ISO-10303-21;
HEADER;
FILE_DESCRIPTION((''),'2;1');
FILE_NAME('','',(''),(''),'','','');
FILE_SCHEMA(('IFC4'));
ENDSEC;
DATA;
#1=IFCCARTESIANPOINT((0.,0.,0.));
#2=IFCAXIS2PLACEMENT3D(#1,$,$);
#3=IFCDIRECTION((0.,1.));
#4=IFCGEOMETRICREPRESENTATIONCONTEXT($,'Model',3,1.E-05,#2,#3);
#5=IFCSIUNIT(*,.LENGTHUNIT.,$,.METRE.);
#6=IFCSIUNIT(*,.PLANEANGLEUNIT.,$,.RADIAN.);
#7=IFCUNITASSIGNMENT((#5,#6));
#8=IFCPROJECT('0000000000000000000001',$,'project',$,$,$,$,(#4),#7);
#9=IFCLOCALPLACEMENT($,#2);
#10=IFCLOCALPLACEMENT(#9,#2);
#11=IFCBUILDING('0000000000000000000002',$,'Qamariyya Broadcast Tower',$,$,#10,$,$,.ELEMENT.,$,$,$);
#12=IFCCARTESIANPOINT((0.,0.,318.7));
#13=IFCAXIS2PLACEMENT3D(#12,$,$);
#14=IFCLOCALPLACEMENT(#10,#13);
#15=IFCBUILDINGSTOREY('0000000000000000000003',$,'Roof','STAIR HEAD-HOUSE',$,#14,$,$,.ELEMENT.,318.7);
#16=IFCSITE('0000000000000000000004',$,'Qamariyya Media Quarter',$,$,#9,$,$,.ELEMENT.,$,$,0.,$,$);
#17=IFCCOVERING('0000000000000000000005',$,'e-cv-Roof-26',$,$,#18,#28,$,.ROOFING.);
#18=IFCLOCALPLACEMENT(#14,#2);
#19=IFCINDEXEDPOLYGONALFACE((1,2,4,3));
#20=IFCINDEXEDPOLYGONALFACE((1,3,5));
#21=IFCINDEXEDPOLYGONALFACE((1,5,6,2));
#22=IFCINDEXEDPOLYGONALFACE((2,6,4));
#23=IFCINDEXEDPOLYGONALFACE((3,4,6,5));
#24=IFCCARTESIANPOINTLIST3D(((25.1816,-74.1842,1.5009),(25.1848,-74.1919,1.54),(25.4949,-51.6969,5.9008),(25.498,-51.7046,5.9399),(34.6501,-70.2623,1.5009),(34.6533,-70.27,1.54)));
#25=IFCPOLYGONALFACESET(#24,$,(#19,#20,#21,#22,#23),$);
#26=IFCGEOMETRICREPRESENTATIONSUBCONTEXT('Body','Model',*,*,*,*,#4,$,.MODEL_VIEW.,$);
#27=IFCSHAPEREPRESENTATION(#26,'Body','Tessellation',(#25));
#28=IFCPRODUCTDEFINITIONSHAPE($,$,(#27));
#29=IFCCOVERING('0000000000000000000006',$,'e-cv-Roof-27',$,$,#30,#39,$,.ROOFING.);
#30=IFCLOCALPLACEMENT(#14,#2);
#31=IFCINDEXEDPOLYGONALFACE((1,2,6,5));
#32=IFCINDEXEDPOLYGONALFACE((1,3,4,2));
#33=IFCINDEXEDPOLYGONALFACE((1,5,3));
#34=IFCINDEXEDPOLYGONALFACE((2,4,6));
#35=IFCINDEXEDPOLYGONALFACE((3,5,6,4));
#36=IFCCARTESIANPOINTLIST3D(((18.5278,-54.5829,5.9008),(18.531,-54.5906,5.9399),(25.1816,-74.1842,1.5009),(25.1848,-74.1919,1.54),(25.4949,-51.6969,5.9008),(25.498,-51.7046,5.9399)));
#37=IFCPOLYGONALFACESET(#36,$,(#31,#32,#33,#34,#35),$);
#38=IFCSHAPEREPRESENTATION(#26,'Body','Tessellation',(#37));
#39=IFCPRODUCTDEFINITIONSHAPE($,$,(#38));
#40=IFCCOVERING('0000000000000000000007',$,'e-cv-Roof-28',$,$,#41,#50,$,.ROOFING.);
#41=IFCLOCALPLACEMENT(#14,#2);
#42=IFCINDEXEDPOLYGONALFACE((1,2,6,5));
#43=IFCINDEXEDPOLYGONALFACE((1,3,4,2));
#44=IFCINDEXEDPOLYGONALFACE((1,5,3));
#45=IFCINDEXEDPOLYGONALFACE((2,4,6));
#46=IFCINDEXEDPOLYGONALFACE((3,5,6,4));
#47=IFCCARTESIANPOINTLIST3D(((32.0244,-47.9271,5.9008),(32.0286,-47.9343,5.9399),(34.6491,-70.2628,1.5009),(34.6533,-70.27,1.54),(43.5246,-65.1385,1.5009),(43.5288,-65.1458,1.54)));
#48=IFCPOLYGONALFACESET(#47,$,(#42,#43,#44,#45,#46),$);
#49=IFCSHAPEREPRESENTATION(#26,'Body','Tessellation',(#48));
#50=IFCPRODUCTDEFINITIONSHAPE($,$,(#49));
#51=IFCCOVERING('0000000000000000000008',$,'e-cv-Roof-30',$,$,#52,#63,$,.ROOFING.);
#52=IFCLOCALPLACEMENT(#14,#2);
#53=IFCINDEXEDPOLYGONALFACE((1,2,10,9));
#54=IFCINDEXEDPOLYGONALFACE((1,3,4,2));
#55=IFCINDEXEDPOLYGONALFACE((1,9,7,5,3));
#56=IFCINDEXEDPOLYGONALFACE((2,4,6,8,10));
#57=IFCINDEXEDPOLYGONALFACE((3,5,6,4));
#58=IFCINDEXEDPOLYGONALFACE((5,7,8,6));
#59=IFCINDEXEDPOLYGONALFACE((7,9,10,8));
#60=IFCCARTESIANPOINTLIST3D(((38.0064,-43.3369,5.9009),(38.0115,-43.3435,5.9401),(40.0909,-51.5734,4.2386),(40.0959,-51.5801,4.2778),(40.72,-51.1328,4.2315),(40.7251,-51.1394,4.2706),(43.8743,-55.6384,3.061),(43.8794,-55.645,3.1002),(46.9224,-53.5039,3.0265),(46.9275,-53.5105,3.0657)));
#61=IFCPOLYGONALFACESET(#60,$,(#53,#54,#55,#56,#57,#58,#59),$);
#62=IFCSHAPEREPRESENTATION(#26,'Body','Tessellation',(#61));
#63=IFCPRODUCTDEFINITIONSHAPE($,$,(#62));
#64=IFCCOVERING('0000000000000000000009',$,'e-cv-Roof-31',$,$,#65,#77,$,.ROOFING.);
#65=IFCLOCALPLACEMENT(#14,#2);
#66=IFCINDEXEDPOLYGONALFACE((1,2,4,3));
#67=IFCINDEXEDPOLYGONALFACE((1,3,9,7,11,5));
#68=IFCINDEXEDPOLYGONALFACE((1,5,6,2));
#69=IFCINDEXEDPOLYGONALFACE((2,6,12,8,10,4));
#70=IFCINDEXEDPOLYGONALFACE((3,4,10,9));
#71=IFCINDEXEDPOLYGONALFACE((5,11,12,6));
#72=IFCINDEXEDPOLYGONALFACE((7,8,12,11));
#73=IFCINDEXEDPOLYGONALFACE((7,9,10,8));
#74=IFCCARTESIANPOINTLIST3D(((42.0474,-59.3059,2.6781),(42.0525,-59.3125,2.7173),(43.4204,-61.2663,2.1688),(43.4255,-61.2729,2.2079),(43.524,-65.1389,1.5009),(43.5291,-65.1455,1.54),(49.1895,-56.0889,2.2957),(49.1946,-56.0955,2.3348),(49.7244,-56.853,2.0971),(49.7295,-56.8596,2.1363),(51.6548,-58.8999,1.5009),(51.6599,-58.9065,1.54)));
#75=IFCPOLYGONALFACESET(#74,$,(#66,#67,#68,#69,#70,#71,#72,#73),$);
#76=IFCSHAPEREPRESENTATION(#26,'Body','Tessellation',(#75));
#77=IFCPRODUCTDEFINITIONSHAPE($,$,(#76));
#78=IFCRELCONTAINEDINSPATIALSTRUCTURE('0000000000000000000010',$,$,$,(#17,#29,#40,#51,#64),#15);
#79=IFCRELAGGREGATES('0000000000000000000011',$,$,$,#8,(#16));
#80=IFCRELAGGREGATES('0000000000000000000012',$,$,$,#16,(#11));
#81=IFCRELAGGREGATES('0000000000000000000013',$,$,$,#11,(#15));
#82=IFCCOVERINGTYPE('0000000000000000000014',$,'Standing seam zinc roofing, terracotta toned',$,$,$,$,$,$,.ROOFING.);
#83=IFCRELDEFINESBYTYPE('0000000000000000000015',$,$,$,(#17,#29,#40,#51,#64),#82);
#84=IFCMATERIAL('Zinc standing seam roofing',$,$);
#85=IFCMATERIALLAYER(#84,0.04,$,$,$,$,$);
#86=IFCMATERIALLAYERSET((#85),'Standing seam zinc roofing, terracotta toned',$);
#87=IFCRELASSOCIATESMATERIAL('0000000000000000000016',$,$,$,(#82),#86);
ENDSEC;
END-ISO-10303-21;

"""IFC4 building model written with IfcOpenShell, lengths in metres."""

from ifc_helpers import new_model, si_unit, direction, frame, origin, place, context, subcontext, project, spatial, polyline, outline, extrude, material, layer, layer_set, type_object, element, save


model = new_model("IFC4")

# Units and contexts
model_context = context("Model", 3, precision=1e-05, world=origin(), true_north=direction((0.0, 1.0)))
body_context = subcontext(model_context, "Body", "Model", "MODEL_VIEW")
ifc_project = project(units=[si_unit("LENGTHUNIT", "METRE"), si_unit("PLANEANGLEUNIT", "RADIAN")], contexts=[model_context])

# Site, building, storey
site_placement = place(None, origin())
site = spatial("IfcSite", under=ifc_project, at=site_placement, Name="Qamariyya Media Quarter", CompositionType="ELEMENT", RefElevation=0.0)
building_placement = place(site_placement, origin())
building = spatial("IfcBuilding", under=site, at=building_placement, Name="Qamariyya Broadcast Tower", CompositionType="ELEMENT")
storey_placement = place(building_placement, frame((0.0, 0.0, 318.7)))
storey = spatial("IfcBuildingStorey", under=building, at=storey_placement, Name="Roof", Description="STAIR HEAD-HOUSE", CompositionType="ELEMENT", Elevation=318.7)

# Coverings
ifc_material_1 = material(Name="Zinc standing seam roofing")
ifc_layer_1 = layer(ifc_material_1, 0.04)
ifc_layer_set_1 = layer_set([ifc_layer_1], Name="Standing seam zinc roofing, terracotta toned")
covering_type = type_object("IfcCoveringType", Name="Standing seam zinc roofing, terracotta toned", PredefinedType="ROOFING", material=ifc_layer_set_1)
covering_1_placement = place(storey_placement, frame((25.1848, -74.1919, 1.54), z_axis=(0.079725, -0.192479, 0.978057), x_axis=(0.923883, 0.382674, 0.0)))
element("IfcCovering", 1, at=covering_1_placement, inside=storey, type_object=covering_type, Name="e-cv-Roof-26", PredefinedType="ROOFING", context=body_context, shape_type="SweptSolid", body=[
    extrude(outline(polyline([(0.0, 0.0), (10.2486, 0.0), (8.8947, 21.1192), (0.0, 0.0)])), origin(), (0.0, 0.0, -1.0), 0.04),
])
covering_2_placement = place(storey_placement, frame((25.1848, -74.1919, 1.54), z_axis=(0.079731, -0.192479, 0.978057), x_axis=(0.013669, 0.981299, 0.192003)))
element("IfcCovering", 2, at=covering_2_placement, inside=storey, type_object=covering_type, Name="e-cv-Roof-27", PredefinedType="ROOFING", context=body_context, shape_type="SweptSolid", body=[
    extrude(outline(polyline([(0.0, 0.0), (22.9158, 0.0), (19.9886, 6.9498), (0.0, 0.0)])), origin(), (0.0, 0.0, -1.0), 0.04),
])
covering_3_placement = place(storey_placement, frame((34.6533, -70.27, 1.54), z_axis=(0.104169, -0.180426, 0.978057), x_axis=(0.866025, 0.5, 0.0)))
element("IfcCovering", 3, at=covering_3_placement, inside=storey, type_object=covering_type, Name="e-cv-Roof-28", PredefinedType="ROOFING", context=body_context, shape_type="SweptSolid", body=[
    extrude(outline(polyline([(0.0, 0.0), (10.2485, 0.0), (8.8947, 21.1191), (0.0, 0.0)])), origin(), (0.0, 0.0, -1.0), 0.04),
])
covering_4_placement = place(storey_placement, frame((46.9275, -53.5105, 3.0657), z_axis=(0.126824, -0.165295, 0.978056), x_axis=(-0.644929, 0.735417, 0.207916)))
element("IfcCovering", 4, at=covering_4_placement, inside=storey, type_object=covering_type, Name="e-cv-Roof-30", PredefinedType="ROOFING", context=body_context, shape_type="SweptSolid", body=[
    extrude(outline(polyline([(0.0, 0.0), (13.8248, 0.0), (6.0775, 3.8638), (5.9943, 3.1002), (0.4032, 3.6994), (0.0, 0.0)])), origin(), (0.0, 0.0, -1.0), 0.04),
])
covering_5_placement = place(storey_placement, frame((43.5291, -65.1455, 1.54), z_axis=(0.126832, -0.165293, 0.978055), x_axis=(0.793354, 0.60876, 0.000001)))
element("IfcCovering", 5, at=covering_5_placement, inside=storey, type_object=covering_type, Name="e-cv-Roof-31", PredefinedType="ROOFING", context=body_context, shape_type="SweptSolid", body=[
    extrude(outline(polyline([(0.0, 0.0), (10.2487, 0.0), (10.0041, 3.8146), (9.9633, 2.8618), (2.2753, 3.2057), (2.3795, 5.6505), (0.0, 0.0)])), origin(), (0.0, 0.0, -1.0), 0.04),
])

save(model, "model.ifc")
